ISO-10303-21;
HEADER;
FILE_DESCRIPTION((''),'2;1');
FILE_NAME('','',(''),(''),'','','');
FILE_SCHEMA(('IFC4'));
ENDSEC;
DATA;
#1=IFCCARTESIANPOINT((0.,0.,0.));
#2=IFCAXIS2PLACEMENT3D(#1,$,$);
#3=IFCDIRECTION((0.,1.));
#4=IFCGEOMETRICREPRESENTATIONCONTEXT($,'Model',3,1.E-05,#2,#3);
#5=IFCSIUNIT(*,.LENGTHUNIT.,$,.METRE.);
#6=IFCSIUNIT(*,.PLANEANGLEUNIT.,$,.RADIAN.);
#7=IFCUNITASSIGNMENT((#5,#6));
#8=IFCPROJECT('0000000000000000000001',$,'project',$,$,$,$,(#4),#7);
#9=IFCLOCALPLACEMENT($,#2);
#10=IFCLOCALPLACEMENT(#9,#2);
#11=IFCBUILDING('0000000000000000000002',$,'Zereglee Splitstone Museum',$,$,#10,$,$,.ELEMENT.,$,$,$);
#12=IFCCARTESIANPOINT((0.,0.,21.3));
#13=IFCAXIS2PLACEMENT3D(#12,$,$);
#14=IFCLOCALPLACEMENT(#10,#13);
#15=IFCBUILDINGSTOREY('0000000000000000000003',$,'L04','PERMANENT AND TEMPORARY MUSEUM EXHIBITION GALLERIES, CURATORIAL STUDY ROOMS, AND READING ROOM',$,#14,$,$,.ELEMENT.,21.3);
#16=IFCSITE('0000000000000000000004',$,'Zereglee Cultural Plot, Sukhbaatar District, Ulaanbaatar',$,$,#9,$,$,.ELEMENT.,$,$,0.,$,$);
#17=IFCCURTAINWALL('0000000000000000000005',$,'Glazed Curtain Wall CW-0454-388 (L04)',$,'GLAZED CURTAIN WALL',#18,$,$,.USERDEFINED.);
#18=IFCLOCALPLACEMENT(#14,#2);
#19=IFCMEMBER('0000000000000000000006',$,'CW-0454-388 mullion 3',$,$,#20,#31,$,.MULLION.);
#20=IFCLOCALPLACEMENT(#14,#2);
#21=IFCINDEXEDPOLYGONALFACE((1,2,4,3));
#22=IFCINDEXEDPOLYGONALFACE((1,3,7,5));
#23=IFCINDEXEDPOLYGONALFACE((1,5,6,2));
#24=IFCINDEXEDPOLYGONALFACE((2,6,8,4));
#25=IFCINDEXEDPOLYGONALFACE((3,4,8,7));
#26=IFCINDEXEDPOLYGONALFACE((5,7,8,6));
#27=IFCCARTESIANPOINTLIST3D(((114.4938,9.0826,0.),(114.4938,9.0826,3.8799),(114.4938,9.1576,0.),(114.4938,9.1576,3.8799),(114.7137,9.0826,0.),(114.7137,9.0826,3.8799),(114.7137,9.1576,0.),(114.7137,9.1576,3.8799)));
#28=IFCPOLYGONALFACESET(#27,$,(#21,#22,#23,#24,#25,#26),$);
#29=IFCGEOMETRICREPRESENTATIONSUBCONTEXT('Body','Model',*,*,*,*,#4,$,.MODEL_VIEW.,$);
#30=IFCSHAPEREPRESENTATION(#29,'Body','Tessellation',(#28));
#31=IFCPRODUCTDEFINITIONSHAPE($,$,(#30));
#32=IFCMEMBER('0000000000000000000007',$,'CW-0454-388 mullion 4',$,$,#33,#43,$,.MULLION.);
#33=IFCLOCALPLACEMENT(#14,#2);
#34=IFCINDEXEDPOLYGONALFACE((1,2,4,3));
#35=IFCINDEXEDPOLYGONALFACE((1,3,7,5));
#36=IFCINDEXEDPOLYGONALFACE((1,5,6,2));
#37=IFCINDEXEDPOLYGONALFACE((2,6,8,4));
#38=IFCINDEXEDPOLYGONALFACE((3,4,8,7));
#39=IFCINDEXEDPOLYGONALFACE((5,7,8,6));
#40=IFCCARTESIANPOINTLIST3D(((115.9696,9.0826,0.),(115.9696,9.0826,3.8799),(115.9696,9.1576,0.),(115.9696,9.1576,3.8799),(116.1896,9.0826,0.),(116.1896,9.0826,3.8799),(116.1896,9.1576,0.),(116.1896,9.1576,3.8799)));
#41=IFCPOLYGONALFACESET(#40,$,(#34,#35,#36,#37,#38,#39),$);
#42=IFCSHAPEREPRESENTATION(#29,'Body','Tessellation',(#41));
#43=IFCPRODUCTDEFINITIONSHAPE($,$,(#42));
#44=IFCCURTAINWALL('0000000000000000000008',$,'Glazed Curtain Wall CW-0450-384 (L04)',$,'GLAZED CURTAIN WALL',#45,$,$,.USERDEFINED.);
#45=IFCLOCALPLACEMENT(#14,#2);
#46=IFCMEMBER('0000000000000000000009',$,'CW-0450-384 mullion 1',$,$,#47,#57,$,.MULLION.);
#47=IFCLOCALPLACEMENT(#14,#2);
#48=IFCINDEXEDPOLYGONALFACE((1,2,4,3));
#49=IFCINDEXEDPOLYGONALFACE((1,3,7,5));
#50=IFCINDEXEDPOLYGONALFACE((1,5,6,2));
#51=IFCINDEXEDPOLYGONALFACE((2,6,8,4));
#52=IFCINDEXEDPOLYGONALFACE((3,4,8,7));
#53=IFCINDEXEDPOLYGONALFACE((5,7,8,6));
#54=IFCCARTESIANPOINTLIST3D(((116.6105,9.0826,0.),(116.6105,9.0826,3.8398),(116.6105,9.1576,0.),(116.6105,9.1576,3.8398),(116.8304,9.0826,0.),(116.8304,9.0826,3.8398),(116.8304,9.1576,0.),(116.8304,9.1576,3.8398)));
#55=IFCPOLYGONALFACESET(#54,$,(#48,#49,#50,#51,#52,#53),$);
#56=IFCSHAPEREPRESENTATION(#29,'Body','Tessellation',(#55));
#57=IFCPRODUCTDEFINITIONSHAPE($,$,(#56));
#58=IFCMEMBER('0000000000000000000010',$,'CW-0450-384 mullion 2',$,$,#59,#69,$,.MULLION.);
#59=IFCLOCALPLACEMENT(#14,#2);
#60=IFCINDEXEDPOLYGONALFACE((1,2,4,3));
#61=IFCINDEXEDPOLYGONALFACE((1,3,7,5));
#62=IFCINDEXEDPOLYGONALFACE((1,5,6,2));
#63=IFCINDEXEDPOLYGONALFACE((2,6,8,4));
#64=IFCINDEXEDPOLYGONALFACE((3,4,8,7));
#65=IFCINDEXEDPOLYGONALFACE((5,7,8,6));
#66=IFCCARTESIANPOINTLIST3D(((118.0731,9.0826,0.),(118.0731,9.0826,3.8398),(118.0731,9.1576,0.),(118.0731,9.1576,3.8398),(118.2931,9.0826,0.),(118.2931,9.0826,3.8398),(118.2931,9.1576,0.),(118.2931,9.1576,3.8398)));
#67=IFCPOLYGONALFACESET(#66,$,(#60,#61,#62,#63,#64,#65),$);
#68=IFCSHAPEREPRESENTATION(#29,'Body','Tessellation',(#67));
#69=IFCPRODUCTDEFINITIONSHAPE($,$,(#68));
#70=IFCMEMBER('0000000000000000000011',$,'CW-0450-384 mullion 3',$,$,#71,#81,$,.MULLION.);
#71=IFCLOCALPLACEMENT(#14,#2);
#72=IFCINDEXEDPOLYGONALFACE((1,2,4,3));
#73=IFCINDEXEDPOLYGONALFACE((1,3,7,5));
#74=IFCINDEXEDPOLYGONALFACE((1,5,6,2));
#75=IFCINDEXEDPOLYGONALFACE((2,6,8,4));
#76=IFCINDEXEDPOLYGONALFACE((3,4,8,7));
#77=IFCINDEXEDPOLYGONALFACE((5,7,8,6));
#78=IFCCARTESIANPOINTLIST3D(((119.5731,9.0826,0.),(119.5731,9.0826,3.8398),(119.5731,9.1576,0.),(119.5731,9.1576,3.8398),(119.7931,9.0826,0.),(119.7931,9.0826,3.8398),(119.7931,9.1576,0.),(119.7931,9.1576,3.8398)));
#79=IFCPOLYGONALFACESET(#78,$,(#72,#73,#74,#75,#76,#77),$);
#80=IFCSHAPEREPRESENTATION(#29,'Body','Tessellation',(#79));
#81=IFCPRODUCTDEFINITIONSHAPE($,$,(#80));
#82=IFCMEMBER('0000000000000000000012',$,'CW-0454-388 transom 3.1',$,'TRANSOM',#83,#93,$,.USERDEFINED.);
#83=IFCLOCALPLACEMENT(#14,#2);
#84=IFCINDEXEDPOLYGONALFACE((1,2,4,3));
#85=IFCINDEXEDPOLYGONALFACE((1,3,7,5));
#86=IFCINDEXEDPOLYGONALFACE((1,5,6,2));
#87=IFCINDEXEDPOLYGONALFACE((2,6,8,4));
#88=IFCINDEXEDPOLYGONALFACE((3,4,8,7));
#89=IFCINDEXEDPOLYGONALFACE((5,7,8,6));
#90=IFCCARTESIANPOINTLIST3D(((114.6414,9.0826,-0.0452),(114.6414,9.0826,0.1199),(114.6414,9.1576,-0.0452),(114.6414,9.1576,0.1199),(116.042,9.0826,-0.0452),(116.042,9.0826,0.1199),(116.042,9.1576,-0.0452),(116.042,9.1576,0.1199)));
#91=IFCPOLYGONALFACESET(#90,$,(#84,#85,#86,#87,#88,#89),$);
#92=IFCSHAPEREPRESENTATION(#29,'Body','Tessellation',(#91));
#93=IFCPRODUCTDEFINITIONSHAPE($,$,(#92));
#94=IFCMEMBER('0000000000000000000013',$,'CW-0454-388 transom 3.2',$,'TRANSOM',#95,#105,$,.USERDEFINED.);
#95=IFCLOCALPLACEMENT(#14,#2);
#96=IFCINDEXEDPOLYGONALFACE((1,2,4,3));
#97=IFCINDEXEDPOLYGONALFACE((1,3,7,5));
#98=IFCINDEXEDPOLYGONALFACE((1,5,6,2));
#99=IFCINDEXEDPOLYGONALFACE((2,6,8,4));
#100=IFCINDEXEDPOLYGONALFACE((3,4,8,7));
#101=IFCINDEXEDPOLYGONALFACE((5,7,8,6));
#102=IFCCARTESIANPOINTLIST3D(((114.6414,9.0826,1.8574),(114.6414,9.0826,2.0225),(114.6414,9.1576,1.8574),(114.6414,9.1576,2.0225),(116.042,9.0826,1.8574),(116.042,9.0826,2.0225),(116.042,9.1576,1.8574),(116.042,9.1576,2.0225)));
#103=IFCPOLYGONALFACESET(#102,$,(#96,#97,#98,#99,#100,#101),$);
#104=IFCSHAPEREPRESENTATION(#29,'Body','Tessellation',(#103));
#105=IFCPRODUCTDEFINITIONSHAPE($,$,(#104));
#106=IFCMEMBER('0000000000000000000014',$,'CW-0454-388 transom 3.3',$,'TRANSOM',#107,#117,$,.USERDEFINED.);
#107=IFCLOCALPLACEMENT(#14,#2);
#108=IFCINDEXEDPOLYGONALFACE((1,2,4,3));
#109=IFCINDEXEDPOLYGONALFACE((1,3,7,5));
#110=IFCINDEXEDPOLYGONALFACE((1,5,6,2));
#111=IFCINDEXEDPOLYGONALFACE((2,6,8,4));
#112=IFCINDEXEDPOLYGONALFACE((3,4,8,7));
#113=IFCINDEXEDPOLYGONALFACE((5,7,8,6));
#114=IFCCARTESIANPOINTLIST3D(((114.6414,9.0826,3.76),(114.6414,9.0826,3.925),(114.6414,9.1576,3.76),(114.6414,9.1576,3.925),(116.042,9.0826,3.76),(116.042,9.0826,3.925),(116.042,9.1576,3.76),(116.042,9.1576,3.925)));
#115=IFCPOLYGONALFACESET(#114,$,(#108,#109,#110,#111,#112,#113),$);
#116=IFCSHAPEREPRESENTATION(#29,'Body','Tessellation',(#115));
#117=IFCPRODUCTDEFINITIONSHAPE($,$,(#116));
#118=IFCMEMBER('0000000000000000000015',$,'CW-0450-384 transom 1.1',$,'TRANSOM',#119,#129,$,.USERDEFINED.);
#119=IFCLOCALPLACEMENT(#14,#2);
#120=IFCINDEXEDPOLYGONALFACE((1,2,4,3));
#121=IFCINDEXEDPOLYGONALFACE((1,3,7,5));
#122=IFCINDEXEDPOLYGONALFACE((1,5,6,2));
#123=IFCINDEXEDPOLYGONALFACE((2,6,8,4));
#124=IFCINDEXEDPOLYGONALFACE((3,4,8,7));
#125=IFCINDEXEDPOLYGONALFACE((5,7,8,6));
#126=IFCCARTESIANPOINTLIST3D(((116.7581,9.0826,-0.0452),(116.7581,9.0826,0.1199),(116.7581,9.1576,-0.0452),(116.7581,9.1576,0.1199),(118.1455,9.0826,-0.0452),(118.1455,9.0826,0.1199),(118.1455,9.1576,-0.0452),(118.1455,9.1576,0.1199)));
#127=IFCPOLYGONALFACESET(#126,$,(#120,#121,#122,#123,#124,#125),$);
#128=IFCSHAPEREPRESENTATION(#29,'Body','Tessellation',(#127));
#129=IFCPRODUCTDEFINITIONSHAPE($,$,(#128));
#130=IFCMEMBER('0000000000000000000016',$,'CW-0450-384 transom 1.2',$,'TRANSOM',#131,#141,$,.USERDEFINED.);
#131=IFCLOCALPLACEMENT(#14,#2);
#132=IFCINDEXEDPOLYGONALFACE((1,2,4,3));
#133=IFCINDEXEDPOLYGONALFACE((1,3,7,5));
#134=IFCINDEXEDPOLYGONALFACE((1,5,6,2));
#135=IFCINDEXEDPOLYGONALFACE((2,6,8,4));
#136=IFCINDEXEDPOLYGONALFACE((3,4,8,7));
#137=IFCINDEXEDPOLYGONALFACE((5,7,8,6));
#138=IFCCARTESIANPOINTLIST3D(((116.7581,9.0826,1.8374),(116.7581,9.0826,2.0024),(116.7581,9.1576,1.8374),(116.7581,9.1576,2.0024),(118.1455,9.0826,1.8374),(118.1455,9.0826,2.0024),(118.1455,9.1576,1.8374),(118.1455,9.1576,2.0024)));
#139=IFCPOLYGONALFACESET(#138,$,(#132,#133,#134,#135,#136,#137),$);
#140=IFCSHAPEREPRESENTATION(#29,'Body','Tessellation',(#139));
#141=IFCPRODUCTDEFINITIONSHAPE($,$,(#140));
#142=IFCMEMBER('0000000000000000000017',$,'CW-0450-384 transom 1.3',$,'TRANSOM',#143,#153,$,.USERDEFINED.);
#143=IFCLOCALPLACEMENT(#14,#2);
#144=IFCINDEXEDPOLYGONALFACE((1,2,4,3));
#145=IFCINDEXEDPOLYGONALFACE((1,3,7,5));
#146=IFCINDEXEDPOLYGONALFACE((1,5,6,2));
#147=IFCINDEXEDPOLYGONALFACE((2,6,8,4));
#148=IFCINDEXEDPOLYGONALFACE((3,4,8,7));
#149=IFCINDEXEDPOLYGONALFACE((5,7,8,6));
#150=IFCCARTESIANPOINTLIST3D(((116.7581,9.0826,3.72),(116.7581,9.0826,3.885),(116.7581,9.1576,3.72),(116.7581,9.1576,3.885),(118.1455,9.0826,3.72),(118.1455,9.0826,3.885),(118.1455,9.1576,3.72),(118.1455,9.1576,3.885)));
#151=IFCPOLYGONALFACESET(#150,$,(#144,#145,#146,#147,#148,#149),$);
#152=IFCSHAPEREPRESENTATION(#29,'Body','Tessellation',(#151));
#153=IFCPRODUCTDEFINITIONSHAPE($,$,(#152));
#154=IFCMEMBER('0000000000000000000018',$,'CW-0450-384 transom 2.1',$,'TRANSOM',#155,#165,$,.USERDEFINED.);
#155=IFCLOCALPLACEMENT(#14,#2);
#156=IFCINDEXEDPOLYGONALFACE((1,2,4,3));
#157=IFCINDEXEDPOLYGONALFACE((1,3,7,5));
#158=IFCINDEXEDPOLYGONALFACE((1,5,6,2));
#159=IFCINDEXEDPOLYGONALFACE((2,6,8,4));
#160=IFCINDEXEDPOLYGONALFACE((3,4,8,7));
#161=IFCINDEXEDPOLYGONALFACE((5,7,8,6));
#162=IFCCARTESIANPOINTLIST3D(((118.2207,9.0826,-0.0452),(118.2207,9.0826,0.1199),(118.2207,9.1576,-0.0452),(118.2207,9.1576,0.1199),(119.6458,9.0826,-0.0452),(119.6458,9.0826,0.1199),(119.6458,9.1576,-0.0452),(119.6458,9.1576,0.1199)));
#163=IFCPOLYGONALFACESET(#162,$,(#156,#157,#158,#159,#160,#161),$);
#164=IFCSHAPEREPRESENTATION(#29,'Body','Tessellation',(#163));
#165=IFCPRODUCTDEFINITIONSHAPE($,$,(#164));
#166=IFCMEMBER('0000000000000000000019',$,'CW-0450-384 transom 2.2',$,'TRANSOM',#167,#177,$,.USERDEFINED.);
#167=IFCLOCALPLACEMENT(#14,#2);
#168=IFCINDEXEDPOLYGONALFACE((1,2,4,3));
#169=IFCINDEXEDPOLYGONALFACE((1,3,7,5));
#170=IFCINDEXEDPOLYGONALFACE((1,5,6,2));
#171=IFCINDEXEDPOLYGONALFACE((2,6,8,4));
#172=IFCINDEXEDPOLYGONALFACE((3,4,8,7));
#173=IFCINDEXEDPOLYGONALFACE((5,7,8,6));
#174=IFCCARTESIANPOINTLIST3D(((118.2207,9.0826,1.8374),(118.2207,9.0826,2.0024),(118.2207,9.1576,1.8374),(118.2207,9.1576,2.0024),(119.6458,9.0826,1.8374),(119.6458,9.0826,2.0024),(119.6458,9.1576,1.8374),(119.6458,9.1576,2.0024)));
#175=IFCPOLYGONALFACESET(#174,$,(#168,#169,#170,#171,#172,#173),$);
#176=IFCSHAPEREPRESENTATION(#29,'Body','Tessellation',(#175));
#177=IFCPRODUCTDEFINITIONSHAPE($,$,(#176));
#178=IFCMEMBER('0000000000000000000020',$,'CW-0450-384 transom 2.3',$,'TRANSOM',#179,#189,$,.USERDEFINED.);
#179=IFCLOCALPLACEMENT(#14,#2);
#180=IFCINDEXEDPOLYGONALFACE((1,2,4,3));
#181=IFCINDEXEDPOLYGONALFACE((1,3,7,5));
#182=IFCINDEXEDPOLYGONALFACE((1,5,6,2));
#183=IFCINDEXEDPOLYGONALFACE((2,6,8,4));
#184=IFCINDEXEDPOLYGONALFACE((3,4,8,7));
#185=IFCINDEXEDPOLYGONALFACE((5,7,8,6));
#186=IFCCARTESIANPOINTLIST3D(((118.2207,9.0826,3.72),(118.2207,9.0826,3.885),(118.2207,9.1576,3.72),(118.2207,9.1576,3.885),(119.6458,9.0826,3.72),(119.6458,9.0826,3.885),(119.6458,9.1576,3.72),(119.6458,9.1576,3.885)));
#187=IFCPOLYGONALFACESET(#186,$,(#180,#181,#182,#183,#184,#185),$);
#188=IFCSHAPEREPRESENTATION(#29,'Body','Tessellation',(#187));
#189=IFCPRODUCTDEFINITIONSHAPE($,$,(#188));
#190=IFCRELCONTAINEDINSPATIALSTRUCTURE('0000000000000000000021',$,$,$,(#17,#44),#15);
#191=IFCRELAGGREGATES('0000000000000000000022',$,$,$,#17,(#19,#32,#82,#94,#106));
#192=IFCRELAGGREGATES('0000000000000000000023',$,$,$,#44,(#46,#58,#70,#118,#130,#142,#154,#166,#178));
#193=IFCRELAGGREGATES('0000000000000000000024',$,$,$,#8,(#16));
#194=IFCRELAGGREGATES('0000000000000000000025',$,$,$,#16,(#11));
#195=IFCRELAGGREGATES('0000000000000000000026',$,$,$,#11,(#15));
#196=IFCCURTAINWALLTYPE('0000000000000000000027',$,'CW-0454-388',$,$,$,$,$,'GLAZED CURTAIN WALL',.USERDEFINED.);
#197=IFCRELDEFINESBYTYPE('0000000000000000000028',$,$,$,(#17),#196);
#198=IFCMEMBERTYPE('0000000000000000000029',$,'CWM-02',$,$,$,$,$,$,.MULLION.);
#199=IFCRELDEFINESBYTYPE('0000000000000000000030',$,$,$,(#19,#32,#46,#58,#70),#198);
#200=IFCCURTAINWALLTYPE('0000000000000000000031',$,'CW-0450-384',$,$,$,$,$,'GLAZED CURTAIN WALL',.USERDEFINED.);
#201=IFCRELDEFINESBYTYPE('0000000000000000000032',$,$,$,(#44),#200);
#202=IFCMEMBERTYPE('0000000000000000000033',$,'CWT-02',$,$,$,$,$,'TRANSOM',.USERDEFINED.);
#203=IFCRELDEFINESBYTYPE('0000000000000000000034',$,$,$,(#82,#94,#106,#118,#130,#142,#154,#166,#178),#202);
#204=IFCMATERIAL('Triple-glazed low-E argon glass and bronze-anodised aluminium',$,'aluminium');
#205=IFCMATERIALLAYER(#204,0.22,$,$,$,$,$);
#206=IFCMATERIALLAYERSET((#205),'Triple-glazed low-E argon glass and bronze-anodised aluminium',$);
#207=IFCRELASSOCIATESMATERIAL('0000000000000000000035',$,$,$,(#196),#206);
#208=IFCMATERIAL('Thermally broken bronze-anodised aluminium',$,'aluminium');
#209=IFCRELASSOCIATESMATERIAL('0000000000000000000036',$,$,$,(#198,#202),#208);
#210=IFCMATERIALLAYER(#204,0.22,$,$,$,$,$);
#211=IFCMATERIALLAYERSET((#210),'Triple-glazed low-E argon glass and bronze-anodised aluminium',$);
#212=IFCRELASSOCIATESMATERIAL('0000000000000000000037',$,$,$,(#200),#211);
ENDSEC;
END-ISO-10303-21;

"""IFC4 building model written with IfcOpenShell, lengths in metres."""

from ifc_helpers import new_model, si_unit, direction, frame, origin, origin_2d, place, context, subcontext, project, spatial, rectangle, extrude, material, layer, layer_set, material_profile, profile_set, type_object, element, aggregate, save


model = new_model("IFC4")

# Units and contexts
model_context = context("Model", 3, precision=1e-05, world=origin(), true_north=direction((0.0, 1.0)))
body_context = subcontext(model_context, "Body", "Model", "MODEL_VIEW")
ifc_project = project(units=[si_unit("LENGTHUNIT", "METRE"), si_unit("PLANEANGLEUNIT", "RADIAN")], contexts=[model_context])

# Site, building, storey
site_placement = place(None, origin())
site = spatial("IfcSite", under=ifc_project, at=site_placement, Name="Zereglee Cultural Plot, Sukhbaatar District, Ulaanbaatar", CompositionType="ELEMENT", RefElevation=0.0)
building_placement = place(site_placement, origin())
building = spatial("IfcBuilding", under=site, at=building_placement, Name="Zereglee Splitstone Museum", CompositionType="ELEMENT")
storey_placement = place(building_placement, frame((0.0, 0.0, 21.3)))
storey = spatial("IfcBuildingStorey", under=building, at=storey_placement, Name="L04", Description="PERMANENT AND TEMPORARY MUSEUM EXHIBITION GALLERIES, CURATORIAL STUDY ROOMS, AND READING ROOM", CompositionType="ELEMENT", Elevation=21.3)

# Curtain walls, members
ifc_material_1 = material(Name="Triple-glazed low-E argon glass and bronze-anodised aluminium", Category="aluminium")
ifc_layer_1 = layer(ifc_material_1, 0.22)
ifc_layer_set_1 = layer_set([ifc_layer_1], Name="Triple-glazed low-E argon glass and bronze-anodised aluminium")
curtain_wall_type_1 = type_object("IfcCurtainWallType", Name="CW-0454-388", ElementType="GLAZED CURTAIN WALL", PredefinedType="USERDEFINED", material=ifc_layer_set_1)
curtain_wall_1_placement = place(storey_placement, origin())
curtain_wall_1 = element("IfcCurtainWall", 1, at=curtain_wall_1_placement, inside=storey, type_object=curtain_wall_type_1, Name="Glazed Curtain Wall CW-0454-388 (L04)", ObjectType="GLAZED CURTAIN WALL", PredefinedType="USERDEFINED")
ifc_material_2 = material(Name="Thermally broken bronze-anodised aluminium", Category="aluminium")
ifc_material_profile_1 = material_profile(ifc_material_2, rectangle(XDim=0.075, YDim=0.22, at=origin_2d()), Name="CW MULL 75x220")
ifc_profile_set_1 = profile_set([ifc_material_profile_1], Name="Thermally broken bronze-anodised aluminium")
member_type_1 = type_object("IfcMemberType", Name="CWM-02", PredefinedType="MULLION", material=ifc_profile_set_1)
member_1_placement = place(storey_placement, frame((114.6038, 9.1201, 0.0), z_axis=(0.0, 0.0, 1.0), x_axis=(0.0, 1.0, 0.0)))
member_1 = element("IfcMember", 2, at=member_1_placement, type_object=member_type_1, Name="CW-0454-388 mullion 3", PredefinedType="MULLION", context=body_context, shape_type="SweptSolid", body=[
    extrude(rectangle(XDim=0.075, YDim=0.22, at=origin_2d()), origin(), (0.0, 0.0, 1.0), 3.8799),
])
member_2_placement = place(storey_placement, frame((116.0796, 9.1201, 0.0), z_axis=(0.0, 0.0, 1.0), x_axis=(0.0, 1.0, 0.0)))
member_2 = element("IfcMember", 3, at=member_2_placement, type_object=member_type_1, Name="CW-0454-388 mullion 4", PredefinedType="MULLION", context=body_context, shape_type="SweptSolid", body=[
    extrude(rectangle(XDim=0.075, YDim=0.22, at=origin_2d()), origin(), (0.0, 0.0, 1.0), 3.8799),
])
ifc_layer_2 = layer(ifc_material_1, 0.22)
ifc_layer_set_2 = layer_set([ifc_layer_2], Name="Triple-glazed low-E argon glass and bronze-anodised aluminium")
curtain_wall_type_2 = type_object("IfcCurtainWallType", Name="CW-0450-384", ElementType="GLAZED CURTAIN WALL", PredefinedType="USERDEFINED", material=ifc_layer_set_2)
curtain_wall_2_placement = place(storey_placement, origin())
curtain_wall_2 = element("IfcCurtainWall", 4, at=curtain_wall_2_placement, inside=storey, type_object=curtain_wall_type_2, Name="Glazed Curtain Wall CW-0450-384 (L04)", ObjectType="GLAZED CURTAIN WALL", PredefinedType="USERDEFINED")
member_3_placement = place(storey_placement, frame((116.7205, 9.1201, 0.0), z_axis=(0.0, 0.0, 1.0), x_axis=(0.0, 1.0, 0.0)))
member_3 = element("IfcMember", 5, at=member_3_placement, type_object=member_type_1, Name="CW-0450-384 mullion 1", PredefinedType="MULLION", context=body_context, shape_type="SweptSolid", body=[
    extrude(rectangle(XDim=0.075, YDim=0.22, at=origin_2d()), origin(), (0.0, 0.0, 1.0), 3.8398),
])
member_4_placement = place(storey_placement, frame((118.1831, 9.1201, 0.0), z_axis=(0.0, 0.0, 1.0), x_axis=(0.0, 1.0, 0.0)))
member_4 = element("IfcMember", 6, at=member_4_placement, type_object=member_type_1, Name="CW-0450-384 mullion 2", PredefinedType="MULLION", context=body_context, shape_type="SweptSolid", body=[
    extrude(rectangle(XDim=0.075, YDim=0.22, at=origin_2d()), origin(), (0.0, 0.0, 1.0), 3.8398),
])
member_5_placement = place(storey_placement, frame((119.6831, 9.1201, 0.0), z_axis=(0.0, 0.0, 1.0), x_axis=(0.0, 1.0, 0.0)))
member_5 = element("IfcMember", 7, at=member_5_placement, type_object=member_type_1, Name="CW-0450-384 mullion 3", PredefinedType="MULLION", context=body_context, shape_type="SweptSolid", body=[
    extrude(rectangle(XDim=0.075, YDim=0.22, at=origin_2d()), origin(), (0.0, 0.0, 1.0), 3.8398),
])

# Members
ifc_material_profile_2 = material_profile(ifc_material_2, rectangle(XDim=0.075, YDim=0.165, at=origin_2d()), Name="CW TRAN 75x165")
ifc_profile_set_2 = profile_set([ifc_material_profile_2], Name="Thermally broken bronze-anodised aluminium")
member_type_2 = type_object("IfcMemberType", Name="CWT-02", ElementType="TRANSOM", PredefinedType="USERDEFINED", material=ifc_profile_set_2)
member_6_placement = place(storey_placement, frame((114.6414, 9.1201, 0.0374), z_axis=(1.0, 0.0, 0.0), x_axis=(0.0, 1.0, 0.0)))
member_6 = element("IfcMember", 8, at=member_6_placement, type_object=member_type_2, Name="CW-0454-388 transom 3.1", ObjectType="TRANSOM", PredefinedType="USERDEFINED", context=body_context, shape_type="SweptSolid", body=[
    extrude(rectangle(XDim=0.075, YDim=0.165, at=origin_2d()), origin(), (0.0, 0.0, 1.0), 1.4006),
])
member_7_placement = place(storey_placement, frame((114.6414, 9.1201, 1.9399), z_axis=(1.0, 0.0, 0.0), x_axis=(0.0, 1.0, 0.0)))
member_7 = element("IfcMember", 9, at=member_7_placement, type_object=member_type_2, Name="CW-0454-388 transom 3.2", ObjectType="TRANSOM", PredefinedType="USERDEFINED", context=body_context, shape_type="SweptSolid", body=[
    extrude(rectangle(XDim=0.075, YDim=0.165, at=origin_2d()), origin(), (0.0, 0.0, 1.0), 1.4006),
])
member_8_placement = place(storey_placement, frame((114.6414, 9.1201, 3.8425), z_axis=(1.0, 0.0, 0.0), x_axis=(0.0, 1.0, 0.0)))
member_8 = element("IfcMember", 10, at=member_8_placement, type_object=member_type_2, Name="CW-0454-388 transom 3.3", ObjectType="TRANSOM", PredefinedType="USERDEFINED", context=body_context, shape_type="SweptSolid", body=[
    extrude(rectangle(XDim=0.075, YDim=0.165, at=origin_2d()), origin(), (0.0, 0.0, 1.0), 1.4006),
])
member_9_placement = place(storey_placement, frame((116.7581, 9.1201, 0.0374), z_axis=(1.0, 0.0, 0.0), x_axis=(0.0, 1.0, 0.0)))
member_9 = element("IfcMember", 11, at=member_9_placement, type_object=member_type_2, Name="CW-0450-384 transom 1.1", ObjectType="TRANSOM", PredefinedType="USERDEFINED", context=body_context, shape_type="SweptSolid", body=[
    extrude(rectangle(XDim=0.075, YDim=0.165, at=origin_2d()), origin(), (0.0, 0.0, 1.0), 1.3875),
])
member_10_placement = place(storey_placement, frame((116.7581, 9.1201, 1.9199), z_axis=(1.0, 0.0, 0.0), x_axis=(0.0, 1.0, 0.0)))
member_10 = element("IfcMember", 12, at=member_10_placement, type_object=member_type_2, Name="CW-0450-384 transom 1.2", ObjectType="TRANSOM", PredefinedType="USERDEFINED", context=body_context, shape_type="SweptSolid", body=[
    extrude(rectangle(XDim=0.075, YDim=0.165, at=origin_2d()), origin(), (0.0, 0.0, 1.0), 1.3875),
])
member_11_placement = place(storey_placement, frame((116.7581, 9.1201, 3.8025), z_axis=(1.0, 0.0, 0.0), x_axis=(0.0, 1.0, 0.0)))
member_11 = element("IfcMember", 13, at=member_11_placement, type_object=member_type_2, Name="CW-0450-384 transom 1.3", ObjectType="TRANSOM", PredefinedType="USERDEFINED", context=body_context, shape_type="SweptSolid", body=[
    extrude(rectangle(XDim=0.075, YDim=0.165, at=origin_2d()), origin(), (0.0, 0.0, 1.0), 1.3875),
])
member_12_placement = place(storey_placement, frame((118.2207, 9.1201, 0.0374), z_axis=(1.0, 0.0, 0.0), x_axis=(0.0, 1.0, 0.0)))
member_12 = element("IfcMember", 14, at=member_12_placement, type_object=member_type_2, Name="CW-0450-384 transom 2.1", ObjectType="TRANSOM", PredefinedType="USERDEFINED", context=body_context, shape_type="SweptSolid", body=[
    extrude(rectangle(XDim=0.075, YDim=0.165, at=origin_2d()), origin(), (0.0, 0.0, 1.0), 1.425),
])
member_13_placement = place(storey_placement, frame((118.2207, 9.1201, 1.9199), z_axis=(1.0, 0.0, 0.0), x_axis=(0.0, 1.0, 0.0)))
member_13 = element("IfcMember", 15, at=member_13_placement, type_object=member_type_2, Name="CW-0450-384 transom 2.2", ObjectType="TRANSOM", PredefinedType="USERDEFINED", context=body_context, shape_type="SweptSolid", body=[
    extrude(rectangle(XDim=0.075, YDim=0.165, at=origin_2d()), origin(), (0.0, 0.0, 1.0), 1.425),
])
member_14_placement = place(storey_placement, frame((118.2207, 9.1201, 3.8025), z_axis=(1.0, 0.0, 0.0), x_axis=(0.0, 1.0, 0.0)))
member_14 = element("IfcMember", 16, at=member_14_placement, type_object=member_type_2, Name="CW-0450-384 transom 2.3", ObjectType="TRANSOM", PredefinedType="USERDEFINED", context=body_context, shape_type="SweptSolid", body=[
    extrude(rectangle(XDim=0.075, YDim=0.165, at=origin_2d()), origin(), (0.0, 0.0, 1.0), 1.425),
])

aggregate(curtain_wall_1, [member_1, member_2, member_6, member_7, member_8])
aggregate(curtain_wall_2, [member_3, member_4, member_5, member_9, member_10, member_11, member_12, member_13, member_14])

save(model, "model.ifc")
